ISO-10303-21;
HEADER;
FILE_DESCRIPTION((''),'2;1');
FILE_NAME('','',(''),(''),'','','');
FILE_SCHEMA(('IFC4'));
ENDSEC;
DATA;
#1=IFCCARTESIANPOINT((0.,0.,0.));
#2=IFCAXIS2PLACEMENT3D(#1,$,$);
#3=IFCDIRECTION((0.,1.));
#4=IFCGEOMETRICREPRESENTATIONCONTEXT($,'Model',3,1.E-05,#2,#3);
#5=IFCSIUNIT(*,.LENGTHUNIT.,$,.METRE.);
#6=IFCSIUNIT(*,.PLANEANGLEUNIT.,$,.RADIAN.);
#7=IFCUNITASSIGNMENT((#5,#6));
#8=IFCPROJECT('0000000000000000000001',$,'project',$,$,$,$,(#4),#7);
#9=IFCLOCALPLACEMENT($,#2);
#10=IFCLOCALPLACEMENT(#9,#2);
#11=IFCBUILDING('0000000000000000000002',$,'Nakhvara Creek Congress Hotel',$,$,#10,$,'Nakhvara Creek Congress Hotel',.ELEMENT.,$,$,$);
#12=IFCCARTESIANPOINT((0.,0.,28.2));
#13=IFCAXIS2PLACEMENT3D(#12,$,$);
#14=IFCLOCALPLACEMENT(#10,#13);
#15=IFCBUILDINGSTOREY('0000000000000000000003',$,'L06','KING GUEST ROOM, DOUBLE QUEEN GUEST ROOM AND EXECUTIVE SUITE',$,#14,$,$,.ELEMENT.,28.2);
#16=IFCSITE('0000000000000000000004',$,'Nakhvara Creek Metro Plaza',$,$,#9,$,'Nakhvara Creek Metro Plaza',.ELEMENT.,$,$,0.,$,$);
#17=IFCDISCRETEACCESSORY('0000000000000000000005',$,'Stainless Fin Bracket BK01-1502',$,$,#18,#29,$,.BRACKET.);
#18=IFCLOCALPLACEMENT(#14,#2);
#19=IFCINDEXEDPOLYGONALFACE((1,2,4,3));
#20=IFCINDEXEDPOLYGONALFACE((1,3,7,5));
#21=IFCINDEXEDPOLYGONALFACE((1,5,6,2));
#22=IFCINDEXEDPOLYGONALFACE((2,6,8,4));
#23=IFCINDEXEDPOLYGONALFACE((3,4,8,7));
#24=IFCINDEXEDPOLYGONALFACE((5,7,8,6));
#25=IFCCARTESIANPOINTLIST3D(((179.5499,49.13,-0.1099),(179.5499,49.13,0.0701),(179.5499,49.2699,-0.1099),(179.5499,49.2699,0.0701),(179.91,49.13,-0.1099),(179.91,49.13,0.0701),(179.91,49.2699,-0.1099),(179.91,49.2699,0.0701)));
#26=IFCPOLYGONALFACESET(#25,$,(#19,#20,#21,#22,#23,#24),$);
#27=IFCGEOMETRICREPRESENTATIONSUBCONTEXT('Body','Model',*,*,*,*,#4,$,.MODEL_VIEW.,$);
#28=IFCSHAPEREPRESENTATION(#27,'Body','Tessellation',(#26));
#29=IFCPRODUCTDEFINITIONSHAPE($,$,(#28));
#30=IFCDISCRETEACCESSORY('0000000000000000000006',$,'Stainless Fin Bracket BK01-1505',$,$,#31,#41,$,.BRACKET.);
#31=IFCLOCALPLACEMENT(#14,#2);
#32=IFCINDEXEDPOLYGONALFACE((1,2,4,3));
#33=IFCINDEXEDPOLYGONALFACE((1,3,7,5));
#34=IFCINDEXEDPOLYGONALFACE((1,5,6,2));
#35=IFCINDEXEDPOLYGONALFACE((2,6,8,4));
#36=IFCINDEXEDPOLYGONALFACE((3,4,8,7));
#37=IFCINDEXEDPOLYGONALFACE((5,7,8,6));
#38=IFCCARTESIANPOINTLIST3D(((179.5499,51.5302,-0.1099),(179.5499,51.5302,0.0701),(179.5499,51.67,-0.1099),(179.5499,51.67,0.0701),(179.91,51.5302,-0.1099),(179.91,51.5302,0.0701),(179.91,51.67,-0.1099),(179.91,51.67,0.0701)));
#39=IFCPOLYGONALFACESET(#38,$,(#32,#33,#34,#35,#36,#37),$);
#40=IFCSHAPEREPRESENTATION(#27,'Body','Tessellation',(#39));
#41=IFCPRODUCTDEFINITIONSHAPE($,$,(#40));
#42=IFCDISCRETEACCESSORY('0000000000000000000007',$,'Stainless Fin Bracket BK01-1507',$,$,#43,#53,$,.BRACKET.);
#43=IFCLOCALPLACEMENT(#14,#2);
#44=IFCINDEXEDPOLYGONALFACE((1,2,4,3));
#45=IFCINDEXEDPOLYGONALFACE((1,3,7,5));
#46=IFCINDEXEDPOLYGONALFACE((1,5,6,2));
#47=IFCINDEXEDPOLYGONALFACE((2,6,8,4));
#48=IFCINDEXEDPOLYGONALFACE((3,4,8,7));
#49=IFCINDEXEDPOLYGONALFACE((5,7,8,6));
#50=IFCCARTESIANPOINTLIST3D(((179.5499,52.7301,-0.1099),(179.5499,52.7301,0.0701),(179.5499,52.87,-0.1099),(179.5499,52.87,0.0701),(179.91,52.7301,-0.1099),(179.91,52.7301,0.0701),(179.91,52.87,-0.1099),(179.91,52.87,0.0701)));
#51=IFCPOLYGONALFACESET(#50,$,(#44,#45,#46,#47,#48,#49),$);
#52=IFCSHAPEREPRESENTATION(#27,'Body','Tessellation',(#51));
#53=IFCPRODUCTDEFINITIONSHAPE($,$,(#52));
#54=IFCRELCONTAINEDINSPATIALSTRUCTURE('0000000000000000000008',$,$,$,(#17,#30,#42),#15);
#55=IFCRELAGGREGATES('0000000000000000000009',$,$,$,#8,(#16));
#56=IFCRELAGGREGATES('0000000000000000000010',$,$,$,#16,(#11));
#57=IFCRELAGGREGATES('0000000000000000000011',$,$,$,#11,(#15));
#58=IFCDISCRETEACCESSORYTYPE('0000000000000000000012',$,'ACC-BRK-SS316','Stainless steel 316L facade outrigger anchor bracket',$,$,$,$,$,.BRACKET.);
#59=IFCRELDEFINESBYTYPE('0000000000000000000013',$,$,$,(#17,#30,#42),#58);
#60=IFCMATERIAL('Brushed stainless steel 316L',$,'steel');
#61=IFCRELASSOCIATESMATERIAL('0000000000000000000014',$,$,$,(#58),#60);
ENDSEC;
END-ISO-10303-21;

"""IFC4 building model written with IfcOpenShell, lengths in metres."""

from ifc_helpers import new_model, si_unit, direction, frame, origin, origin_2d, place, context, subcontext, project, spatial, rectangle, extrude, material, type_object, element, save


model = new_model("IFC4")

# Units and contexts
model_context = context("Model", 3, precision=1e-05, world=origin(), true_north=direction((0.0, 1.0)))
body_context = subcontext(model_context, "Body", "Model", "MODEL_VIEW")
ifc_project = project(units=[si_unit("LENGTHUNIT", "METRE"), si_unit("PLANEANGLEUNIT", "RADIAN")], contexts=[model_context])

# Site, building, storey
site_placement = place(None, origin())
site = spatial("IfcSite", under=ifc_project, at=site_placement, Name="Nakhvara Creek Metro Plaza", LongName="Nakhvara Creek Metro Plaza", CompositionType="ELEMENT", RefElevation=0.0)
building_placement = place(site_placement, origin())
building = spatial("IfcBuilding", under=site, at=building_placement, Name="Nakhvara Creek Congress Hotel", LongName="Nakhvara Creek Congress Hotel", CompositionType="ELEMENT")
storey_placement = place(building_placement, frame((0.0, 0.0, 28.2)))
storey = spatial("IfcBuildingStorey", under=building, at=storey_placement, Name="L06", Description="KING GUEST ROOM, DOUBLE QUEEN GUEST ROOM AND EXECUTIVE SUITE", CompositionType="ELEMENT", Elevation=28.2)

# Discrete accessories
ifc_material_1 = material(Name="Brushed stainless steel 316L", Category="steel")
discrete_accessory_type = type_object("IfcDiscreteAccessoryType", Name="ACC-BRK-SS316", Description="Stainless steel 316L facade outrigger anchor bracket", PredefinedType="BRACKET", material=ifc_material_1)
for number, where, z_axis, x_axis, name in (
    (1, (179.73, 49.2, -0.1099), (0.0, 0.0, 1.0), (0.0, 1.0, 0.0), "Stainless Fin Bracket BK01-1502"),
    (2, (179.73, 51.6001, -0.1099), (0.0, 0.0, 1.0), (0.0, 1.0, 0.0), "Stainless Fin Bracket BK01-1505"),
    (3, (179.73, 52.8, -0.1099), (0.0, 0.0, 1.0), (0.0, 1.0, 0.0), "Stainless Fin Bracket BK01-1507"),
):
    element("IfcDiscreteAccessory", number, at=place(storey_placement, frame(where, z_axis=z_axis, x_axis=x_axis)), inside=storey, type_object=discrete_accessory_type, Name=name, PredefinedType="BRACKET", context=body_context, shape_type="SweptSolid", body=[
        extrude(rectangle(XDim=0.1399, YDim=0.3601, at=origin_2d()), origin(), (0.0, 0.0, 1.0), 0.1799),
    ])

save(model, "model.ifc")
